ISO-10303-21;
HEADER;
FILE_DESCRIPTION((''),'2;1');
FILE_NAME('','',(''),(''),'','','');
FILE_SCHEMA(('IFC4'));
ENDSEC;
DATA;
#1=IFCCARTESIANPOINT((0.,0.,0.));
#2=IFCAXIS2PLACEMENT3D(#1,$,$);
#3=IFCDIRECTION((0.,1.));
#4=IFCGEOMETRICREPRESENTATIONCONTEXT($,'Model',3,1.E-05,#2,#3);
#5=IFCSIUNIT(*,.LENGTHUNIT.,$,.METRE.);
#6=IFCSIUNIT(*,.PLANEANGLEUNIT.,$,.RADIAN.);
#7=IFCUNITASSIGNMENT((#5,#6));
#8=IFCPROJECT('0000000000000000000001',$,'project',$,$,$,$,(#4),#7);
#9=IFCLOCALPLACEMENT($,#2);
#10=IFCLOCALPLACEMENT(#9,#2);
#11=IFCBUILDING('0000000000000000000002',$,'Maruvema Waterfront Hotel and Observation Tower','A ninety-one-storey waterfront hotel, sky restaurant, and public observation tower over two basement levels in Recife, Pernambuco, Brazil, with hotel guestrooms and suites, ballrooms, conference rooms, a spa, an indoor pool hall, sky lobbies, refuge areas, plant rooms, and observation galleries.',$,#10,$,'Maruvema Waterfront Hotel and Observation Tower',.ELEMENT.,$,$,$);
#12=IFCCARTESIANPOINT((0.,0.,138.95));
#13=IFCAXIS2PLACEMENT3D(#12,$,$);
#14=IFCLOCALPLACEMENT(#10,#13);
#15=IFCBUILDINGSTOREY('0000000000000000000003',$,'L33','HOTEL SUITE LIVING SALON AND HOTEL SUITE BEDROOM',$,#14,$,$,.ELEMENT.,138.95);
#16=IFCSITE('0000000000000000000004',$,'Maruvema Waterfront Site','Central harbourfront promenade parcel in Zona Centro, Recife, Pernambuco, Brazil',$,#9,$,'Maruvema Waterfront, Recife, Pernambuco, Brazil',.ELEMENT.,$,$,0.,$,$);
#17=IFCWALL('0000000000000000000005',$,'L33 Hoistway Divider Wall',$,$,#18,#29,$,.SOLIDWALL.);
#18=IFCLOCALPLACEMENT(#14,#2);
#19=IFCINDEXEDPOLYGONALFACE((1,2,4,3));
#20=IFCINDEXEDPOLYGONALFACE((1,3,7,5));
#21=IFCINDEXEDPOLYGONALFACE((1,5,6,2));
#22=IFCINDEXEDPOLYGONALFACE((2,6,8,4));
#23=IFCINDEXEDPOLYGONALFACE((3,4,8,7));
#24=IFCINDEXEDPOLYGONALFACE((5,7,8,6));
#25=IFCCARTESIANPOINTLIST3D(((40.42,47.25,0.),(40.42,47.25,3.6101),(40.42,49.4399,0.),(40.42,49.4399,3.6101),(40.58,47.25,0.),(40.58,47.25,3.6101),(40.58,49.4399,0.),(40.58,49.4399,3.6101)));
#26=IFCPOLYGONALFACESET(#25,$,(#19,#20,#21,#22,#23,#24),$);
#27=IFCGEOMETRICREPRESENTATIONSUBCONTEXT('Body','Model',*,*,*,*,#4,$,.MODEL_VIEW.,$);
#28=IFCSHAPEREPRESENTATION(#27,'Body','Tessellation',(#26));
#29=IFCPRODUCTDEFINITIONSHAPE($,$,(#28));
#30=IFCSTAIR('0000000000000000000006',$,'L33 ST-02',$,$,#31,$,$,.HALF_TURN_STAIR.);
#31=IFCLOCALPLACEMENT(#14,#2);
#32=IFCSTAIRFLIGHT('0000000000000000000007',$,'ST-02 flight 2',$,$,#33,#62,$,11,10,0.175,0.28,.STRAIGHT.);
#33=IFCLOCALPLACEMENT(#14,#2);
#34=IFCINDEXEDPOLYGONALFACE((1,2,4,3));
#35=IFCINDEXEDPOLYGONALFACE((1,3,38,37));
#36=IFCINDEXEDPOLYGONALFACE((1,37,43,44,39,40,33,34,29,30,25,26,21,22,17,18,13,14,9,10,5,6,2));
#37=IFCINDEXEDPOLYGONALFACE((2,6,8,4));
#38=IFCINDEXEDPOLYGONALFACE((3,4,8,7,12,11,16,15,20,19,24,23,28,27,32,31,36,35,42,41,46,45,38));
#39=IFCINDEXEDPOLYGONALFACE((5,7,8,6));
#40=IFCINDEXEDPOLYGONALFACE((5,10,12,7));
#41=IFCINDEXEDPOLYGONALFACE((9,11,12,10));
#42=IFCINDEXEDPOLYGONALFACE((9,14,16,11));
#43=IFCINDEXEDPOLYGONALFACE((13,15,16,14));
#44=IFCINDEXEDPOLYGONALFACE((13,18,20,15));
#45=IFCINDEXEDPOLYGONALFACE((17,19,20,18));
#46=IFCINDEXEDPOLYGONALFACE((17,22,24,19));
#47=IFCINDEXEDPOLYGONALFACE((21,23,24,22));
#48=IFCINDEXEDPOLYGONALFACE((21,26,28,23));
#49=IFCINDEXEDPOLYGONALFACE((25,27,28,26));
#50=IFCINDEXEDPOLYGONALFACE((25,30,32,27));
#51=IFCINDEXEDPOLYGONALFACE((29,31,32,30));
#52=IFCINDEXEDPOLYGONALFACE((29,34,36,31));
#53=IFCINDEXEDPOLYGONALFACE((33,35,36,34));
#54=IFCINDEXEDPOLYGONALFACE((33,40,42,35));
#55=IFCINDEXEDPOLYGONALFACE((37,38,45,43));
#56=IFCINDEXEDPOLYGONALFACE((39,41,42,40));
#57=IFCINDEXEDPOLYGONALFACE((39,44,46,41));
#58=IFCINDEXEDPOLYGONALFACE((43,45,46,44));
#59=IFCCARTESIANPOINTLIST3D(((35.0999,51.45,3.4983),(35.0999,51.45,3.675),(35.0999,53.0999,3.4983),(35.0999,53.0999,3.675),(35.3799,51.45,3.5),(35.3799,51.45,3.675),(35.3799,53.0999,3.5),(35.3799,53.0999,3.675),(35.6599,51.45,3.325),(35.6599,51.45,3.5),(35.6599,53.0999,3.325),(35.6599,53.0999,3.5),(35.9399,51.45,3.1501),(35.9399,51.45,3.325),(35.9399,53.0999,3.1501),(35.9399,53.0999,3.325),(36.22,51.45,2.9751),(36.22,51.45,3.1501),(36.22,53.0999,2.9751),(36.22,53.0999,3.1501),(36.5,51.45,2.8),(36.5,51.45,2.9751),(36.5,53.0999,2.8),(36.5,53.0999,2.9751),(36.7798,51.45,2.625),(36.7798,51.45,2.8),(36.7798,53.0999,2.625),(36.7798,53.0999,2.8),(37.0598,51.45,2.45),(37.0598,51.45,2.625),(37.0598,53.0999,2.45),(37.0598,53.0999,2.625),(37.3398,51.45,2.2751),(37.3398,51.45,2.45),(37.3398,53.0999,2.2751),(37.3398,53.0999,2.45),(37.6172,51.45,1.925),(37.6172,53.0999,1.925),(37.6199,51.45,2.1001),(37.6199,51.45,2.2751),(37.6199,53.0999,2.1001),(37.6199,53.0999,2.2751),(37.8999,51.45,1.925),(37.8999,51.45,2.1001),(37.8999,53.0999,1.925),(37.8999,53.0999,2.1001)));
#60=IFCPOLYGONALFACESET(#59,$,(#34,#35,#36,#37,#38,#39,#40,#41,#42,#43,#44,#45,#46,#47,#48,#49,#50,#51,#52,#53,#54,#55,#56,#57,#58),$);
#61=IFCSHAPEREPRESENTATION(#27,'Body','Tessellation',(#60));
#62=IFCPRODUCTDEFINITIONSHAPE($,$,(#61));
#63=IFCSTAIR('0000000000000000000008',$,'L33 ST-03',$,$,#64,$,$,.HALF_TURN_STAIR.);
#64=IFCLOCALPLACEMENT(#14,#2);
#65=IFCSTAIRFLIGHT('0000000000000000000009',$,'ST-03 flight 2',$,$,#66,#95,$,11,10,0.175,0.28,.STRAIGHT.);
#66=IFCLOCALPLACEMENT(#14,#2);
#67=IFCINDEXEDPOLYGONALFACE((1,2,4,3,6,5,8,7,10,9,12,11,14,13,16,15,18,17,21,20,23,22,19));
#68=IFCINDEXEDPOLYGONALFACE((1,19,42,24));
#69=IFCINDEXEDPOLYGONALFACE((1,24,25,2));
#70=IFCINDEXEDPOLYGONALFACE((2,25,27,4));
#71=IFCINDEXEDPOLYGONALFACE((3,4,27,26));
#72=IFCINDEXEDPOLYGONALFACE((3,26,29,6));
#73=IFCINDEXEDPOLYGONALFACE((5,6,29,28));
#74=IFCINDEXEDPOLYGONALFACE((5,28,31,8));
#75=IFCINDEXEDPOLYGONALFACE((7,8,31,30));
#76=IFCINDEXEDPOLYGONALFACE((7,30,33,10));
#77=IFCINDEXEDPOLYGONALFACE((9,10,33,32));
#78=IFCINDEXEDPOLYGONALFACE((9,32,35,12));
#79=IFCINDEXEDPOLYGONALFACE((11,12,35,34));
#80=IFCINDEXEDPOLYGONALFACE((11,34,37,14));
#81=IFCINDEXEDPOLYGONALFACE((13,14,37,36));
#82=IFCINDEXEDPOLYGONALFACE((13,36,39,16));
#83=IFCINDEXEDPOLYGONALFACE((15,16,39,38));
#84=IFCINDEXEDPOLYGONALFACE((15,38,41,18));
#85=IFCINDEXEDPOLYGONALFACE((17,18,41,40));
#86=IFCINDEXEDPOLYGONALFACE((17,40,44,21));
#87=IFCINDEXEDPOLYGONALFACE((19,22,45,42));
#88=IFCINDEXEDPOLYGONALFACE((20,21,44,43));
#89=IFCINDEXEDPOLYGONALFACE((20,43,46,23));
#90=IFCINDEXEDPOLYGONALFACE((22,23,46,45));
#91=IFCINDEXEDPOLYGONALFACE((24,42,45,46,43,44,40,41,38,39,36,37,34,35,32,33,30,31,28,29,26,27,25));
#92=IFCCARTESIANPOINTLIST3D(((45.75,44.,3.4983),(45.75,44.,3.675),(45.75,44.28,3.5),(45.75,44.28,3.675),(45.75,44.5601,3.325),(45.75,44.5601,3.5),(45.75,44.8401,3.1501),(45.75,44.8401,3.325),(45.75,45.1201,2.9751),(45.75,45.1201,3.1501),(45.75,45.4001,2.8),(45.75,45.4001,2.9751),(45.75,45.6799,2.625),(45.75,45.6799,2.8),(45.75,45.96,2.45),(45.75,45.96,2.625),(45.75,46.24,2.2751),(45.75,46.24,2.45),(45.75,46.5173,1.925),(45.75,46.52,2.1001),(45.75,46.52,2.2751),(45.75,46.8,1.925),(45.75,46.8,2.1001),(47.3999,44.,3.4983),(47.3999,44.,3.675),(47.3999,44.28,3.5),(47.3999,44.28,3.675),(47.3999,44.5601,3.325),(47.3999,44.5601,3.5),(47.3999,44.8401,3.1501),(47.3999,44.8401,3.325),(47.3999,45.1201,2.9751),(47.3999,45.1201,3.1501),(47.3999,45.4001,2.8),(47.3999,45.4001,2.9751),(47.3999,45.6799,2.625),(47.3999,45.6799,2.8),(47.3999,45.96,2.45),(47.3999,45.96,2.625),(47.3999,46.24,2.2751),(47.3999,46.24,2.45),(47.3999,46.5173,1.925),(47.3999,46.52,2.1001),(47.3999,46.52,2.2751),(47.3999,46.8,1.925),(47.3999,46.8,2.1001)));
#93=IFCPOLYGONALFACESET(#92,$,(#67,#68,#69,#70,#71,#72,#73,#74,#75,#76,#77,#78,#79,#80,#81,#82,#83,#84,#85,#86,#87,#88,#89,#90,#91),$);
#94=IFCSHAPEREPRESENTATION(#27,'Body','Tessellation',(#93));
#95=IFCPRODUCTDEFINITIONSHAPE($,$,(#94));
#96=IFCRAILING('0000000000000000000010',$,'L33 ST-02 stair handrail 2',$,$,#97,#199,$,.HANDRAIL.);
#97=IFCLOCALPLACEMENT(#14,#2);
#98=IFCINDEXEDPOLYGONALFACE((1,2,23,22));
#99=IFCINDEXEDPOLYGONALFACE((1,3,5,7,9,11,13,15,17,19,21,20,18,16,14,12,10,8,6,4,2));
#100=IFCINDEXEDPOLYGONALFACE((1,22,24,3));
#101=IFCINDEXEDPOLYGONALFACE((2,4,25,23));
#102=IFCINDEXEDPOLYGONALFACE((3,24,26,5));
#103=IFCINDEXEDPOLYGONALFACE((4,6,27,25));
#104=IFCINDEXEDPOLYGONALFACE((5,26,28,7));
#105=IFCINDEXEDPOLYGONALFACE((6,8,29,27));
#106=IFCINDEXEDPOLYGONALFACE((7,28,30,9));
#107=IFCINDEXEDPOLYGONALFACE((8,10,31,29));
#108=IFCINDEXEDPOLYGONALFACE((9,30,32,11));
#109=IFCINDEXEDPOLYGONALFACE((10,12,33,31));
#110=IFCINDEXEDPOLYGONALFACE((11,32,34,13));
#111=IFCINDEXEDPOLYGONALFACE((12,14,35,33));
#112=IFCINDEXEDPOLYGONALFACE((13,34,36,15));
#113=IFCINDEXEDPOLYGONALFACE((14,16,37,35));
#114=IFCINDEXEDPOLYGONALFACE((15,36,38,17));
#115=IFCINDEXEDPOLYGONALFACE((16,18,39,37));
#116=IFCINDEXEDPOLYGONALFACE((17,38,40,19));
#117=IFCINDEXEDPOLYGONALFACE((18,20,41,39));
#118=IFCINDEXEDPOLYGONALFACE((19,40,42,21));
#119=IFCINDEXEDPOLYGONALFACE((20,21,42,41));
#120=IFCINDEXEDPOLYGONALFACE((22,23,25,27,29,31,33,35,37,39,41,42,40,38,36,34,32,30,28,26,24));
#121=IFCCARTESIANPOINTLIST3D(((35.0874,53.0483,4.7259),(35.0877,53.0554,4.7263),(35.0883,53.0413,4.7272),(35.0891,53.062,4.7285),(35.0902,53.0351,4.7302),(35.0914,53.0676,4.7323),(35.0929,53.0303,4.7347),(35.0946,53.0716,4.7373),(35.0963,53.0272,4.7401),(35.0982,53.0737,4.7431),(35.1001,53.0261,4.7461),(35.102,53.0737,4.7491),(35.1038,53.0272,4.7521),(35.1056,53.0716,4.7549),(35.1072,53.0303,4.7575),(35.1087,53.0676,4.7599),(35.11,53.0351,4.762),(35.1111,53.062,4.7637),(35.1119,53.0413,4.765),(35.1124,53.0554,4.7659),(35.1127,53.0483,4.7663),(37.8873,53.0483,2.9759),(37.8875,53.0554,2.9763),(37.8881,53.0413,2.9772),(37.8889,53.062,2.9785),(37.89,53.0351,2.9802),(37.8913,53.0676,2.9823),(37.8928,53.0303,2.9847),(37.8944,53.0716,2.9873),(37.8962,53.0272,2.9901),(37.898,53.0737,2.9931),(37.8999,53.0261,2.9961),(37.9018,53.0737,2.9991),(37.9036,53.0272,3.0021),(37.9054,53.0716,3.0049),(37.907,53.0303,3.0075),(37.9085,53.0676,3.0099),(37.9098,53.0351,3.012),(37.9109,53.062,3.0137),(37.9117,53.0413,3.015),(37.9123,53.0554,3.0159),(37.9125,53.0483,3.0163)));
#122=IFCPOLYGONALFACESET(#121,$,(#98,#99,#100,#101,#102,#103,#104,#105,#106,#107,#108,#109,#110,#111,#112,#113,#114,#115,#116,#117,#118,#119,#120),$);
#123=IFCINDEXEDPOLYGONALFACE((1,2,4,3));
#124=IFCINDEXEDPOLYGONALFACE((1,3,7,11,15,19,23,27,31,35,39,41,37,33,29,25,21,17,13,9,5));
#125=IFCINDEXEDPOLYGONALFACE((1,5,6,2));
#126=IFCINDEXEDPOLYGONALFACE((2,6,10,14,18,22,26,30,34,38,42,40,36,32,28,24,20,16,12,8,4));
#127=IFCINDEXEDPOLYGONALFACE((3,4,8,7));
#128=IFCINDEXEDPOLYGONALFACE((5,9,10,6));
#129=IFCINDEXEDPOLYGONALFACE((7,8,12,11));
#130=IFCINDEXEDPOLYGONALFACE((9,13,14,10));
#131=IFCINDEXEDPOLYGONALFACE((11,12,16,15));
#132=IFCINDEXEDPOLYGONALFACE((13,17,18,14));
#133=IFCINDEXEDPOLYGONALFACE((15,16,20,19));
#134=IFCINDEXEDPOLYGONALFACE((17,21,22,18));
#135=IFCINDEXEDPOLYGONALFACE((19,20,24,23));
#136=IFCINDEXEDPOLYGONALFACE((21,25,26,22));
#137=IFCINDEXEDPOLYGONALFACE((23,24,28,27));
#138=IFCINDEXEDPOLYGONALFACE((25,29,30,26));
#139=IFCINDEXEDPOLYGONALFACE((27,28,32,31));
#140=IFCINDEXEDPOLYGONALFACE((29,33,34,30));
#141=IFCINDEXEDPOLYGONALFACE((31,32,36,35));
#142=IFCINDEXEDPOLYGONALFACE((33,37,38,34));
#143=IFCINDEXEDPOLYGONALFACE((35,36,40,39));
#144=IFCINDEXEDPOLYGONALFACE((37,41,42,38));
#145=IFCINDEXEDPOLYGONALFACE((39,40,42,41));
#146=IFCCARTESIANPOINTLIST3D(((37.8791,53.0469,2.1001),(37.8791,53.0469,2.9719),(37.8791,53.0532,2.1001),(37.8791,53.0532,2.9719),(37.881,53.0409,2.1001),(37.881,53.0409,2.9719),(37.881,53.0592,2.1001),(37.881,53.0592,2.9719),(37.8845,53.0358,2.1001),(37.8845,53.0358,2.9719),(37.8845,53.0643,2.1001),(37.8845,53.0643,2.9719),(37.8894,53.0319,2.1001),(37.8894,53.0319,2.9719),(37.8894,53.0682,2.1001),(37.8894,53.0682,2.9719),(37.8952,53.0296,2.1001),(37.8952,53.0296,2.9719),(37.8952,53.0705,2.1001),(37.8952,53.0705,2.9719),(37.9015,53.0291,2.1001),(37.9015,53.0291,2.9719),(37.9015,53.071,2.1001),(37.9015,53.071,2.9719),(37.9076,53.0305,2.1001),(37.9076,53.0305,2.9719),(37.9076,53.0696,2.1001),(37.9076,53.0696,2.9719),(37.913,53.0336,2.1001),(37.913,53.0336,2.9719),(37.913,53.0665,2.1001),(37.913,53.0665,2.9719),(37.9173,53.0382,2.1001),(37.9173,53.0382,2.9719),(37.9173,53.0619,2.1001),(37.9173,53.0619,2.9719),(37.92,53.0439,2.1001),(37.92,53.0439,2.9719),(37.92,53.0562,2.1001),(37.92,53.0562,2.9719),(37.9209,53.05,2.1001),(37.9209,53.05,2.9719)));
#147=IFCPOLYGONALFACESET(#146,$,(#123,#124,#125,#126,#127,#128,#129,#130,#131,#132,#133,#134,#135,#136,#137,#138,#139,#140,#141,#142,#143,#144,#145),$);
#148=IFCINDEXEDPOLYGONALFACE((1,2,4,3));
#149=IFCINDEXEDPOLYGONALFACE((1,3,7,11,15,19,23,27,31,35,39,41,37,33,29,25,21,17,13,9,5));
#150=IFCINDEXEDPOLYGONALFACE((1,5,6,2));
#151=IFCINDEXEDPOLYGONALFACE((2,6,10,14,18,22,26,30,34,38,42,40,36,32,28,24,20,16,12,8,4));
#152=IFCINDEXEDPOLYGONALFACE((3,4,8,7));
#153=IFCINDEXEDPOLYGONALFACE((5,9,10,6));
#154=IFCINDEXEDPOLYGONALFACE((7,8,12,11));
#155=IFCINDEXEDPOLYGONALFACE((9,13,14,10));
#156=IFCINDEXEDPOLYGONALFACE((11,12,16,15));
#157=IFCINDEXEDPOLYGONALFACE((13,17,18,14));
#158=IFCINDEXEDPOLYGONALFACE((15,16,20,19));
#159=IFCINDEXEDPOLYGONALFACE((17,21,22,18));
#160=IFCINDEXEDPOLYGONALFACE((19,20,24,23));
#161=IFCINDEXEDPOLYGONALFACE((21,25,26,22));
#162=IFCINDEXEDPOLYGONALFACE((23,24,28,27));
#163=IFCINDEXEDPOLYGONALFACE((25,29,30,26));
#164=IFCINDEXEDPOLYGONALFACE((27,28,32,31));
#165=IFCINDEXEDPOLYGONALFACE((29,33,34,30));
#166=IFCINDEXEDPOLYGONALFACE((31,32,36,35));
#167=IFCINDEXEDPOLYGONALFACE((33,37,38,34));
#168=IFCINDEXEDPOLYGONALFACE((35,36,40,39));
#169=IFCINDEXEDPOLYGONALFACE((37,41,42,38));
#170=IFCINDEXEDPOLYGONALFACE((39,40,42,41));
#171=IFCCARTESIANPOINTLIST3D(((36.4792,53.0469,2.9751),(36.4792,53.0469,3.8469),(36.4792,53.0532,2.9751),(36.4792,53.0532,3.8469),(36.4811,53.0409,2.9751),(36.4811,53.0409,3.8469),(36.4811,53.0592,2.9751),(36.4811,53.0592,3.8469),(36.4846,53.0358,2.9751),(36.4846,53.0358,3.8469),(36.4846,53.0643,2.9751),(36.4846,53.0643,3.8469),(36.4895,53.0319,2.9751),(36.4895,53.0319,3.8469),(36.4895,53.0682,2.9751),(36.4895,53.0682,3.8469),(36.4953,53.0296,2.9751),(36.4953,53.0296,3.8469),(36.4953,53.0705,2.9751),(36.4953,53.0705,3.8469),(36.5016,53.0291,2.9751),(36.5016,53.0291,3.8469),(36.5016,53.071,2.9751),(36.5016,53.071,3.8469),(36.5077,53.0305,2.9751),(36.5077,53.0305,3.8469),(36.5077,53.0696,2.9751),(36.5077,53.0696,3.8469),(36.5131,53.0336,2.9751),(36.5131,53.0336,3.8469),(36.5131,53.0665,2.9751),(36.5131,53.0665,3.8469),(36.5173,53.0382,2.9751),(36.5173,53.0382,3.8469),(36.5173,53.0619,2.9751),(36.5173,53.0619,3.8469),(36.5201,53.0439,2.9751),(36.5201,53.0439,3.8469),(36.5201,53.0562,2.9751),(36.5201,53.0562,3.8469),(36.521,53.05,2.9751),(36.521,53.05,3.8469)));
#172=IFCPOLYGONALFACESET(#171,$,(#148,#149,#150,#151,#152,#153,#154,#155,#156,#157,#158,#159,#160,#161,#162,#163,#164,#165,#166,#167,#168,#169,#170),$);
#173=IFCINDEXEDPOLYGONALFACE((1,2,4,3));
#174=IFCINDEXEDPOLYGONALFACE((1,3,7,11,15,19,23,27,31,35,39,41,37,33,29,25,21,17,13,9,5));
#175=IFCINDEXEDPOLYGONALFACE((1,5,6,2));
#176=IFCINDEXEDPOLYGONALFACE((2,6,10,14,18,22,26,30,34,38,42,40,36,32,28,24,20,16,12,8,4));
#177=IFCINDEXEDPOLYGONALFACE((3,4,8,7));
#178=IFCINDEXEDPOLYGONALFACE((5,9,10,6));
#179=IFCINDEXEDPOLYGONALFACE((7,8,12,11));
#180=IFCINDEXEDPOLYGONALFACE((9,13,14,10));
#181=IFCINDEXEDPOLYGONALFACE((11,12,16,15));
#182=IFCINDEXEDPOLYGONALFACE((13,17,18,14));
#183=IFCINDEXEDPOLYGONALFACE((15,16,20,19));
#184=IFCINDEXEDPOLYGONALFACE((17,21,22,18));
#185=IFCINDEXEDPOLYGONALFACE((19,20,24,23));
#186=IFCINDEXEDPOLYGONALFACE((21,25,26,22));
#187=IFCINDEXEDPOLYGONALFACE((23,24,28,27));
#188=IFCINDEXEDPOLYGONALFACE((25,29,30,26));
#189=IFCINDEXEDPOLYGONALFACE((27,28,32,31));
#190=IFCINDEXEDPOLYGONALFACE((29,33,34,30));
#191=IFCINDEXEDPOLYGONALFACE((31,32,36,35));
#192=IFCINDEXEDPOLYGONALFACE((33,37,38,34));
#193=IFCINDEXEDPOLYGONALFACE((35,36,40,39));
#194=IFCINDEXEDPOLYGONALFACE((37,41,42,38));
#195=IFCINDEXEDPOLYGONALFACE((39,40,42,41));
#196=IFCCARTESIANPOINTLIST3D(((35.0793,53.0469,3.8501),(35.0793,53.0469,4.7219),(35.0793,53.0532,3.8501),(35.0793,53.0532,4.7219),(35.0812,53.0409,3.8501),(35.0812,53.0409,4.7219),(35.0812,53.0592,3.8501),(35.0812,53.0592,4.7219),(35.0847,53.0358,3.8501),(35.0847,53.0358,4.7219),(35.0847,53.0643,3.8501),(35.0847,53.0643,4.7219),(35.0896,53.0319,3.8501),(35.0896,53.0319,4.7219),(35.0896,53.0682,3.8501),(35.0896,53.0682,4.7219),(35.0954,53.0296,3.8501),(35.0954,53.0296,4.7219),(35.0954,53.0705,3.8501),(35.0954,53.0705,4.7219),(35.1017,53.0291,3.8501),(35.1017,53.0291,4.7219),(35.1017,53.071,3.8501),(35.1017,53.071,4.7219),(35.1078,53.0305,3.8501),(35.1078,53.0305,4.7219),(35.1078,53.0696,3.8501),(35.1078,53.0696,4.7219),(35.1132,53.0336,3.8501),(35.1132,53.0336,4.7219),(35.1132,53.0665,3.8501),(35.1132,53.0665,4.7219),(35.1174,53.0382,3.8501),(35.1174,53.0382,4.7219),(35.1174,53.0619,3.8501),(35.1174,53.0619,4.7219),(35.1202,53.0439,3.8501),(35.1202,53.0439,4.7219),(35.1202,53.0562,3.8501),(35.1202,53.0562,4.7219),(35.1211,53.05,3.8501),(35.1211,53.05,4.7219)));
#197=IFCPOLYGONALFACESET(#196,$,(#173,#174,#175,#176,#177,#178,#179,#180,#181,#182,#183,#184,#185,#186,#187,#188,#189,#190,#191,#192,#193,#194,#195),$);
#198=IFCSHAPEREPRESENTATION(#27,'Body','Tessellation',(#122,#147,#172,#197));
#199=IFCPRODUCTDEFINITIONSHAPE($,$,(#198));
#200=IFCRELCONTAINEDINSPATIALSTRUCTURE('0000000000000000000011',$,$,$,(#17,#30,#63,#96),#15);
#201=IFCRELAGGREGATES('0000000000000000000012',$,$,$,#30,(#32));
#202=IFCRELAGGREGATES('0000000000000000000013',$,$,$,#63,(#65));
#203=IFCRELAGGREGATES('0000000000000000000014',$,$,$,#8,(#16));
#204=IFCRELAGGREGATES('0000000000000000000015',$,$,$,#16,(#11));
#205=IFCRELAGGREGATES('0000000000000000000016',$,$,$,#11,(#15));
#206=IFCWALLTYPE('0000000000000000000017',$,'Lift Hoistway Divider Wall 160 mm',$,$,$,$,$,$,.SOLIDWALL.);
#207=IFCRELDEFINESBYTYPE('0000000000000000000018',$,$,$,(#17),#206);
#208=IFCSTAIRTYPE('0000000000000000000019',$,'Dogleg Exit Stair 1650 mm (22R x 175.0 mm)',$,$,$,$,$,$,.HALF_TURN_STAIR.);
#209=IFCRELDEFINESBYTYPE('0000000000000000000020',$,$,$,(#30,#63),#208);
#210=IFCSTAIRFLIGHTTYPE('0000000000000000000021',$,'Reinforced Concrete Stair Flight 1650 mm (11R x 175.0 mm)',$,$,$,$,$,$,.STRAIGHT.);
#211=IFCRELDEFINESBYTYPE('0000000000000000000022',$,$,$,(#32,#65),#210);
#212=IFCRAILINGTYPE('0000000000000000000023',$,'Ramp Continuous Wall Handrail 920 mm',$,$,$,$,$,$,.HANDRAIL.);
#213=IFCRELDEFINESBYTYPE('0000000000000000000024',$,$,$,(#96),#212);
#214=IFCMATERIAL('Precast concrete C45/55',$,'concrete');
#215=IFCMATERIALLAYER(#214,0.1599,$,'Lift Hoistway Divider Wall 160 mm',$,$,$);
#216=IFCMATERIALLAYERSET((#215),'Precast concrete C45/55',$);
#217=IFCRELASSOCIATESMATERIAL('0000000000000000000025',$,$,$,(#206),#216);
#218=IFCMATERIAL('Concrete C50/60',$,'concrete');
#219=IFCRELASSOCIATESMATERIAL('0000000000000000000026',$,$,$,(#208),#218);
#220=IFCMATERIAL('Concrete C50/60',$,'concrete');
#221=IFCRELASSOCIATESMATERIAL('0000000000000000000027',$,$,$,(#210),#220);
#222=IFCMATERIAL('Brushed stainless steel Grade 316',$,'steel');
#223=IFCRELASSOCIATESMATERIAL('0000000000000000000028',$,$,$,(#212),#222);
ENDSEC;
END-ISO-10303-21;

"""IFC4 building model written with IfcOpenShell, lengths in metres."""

from ifc_helpers import new_model, si_unit, direction, frame, frame_2d, origin, origin_2d, place, context, subcontext, project, spatial, polyline, rectangle, circle, outline, extrude, material, layer, layer_set, type_object, element, aggregate, save


model = new_model("IFC4")

# Units and contexts
model_context = context("Model", 3, precision=1e-05, world=origin(), true_north=direction((0.0, 1.0)))
body_context = subcontext(model_context, "Body", "Model", "MODEL_VIEW")
ifc_project = project(units=[si_unit("LENGTHUNIT", "METRE"), si_unit("PLANEANGLEUNIT", "RADIAN")], contexts=[model_context])

# Site, building, storey
site_placement = place(None, origin())
site = spatial("IfcSite", under=ifc_project, at=site_placement, Name="Maruvema Waterfront Site", Description="Central harbourfront promenade parcel in Zona Centro, Recife, Pernambuco, Brazil", LongName="Maruvema Waterfront, Recife, Pernambuco, Brazil", CompositionType="ELEMENT", RefElevation=0.0)
building_placement = place(site_placement, origin())
building = spatial("IfcBuilding", under=site, at=building_placement, Name="Maruvema Waterfront Hotel and Observation Tower", Description="A ninety-one-storey waterfront hotel, sky restaurant, and public observation tower over two basement levels in Recife, Pernambuco, Brazil, with hotel guestrooms and suites, ballrooms, conference rooms, a spa, an indoor pool hall, sky lobbies, refuge areas, plant rooms, and observation galleries.", LongName="Maruvema Waterfront Hotel and Observation Tower", CompositionType="ELEMENT")
storey_placement = place(building_placement, frame((0.0, 0.0, 138.95)))
storey = spatial("IfcBuildingStorey", under=building, at=storey_placement, Name="L33", Description="HOTEL SUITE LIVING SALON AND HOTEL SUITE BEDROOM", CompositionType="ELEMENT", Elevation=138.95)

# Wall
ifc_material_1 = material(Name="Precast concrete C45/55", Category="concrete")
ifc_layer_1 = layer(ifc_material_1, 0.1599, Name="Lift Hoistway Divider Wall 160 mm")
ifc_layer_set_1 = layer_set([ifc_layer_1], Name="Precast concrete C45/55")
wall_type_1 = type_object("IfcWallType", Name="Lift Hoistway Divider Wall 160 mm", PredefinedType="SOLIDWALL", material=ifc_layer_set_1)
for number, where, z_axis, x_axis, name in (
    (1, (40.5, 47.25, 0.0), (0.0, 0.0, 1.0), (0.0, 1.0, 0.0), "L33 Hoistway Divider Wall"),
):
    element("IfcWall", number, at=place(storey_placement, frame(where, z_axis=z_axis, x_axis=x_axis)), inside=storey, type_object=wall_type_1, Name=name, PredefinedType="SOLIDWALL", context=body_context, shape_type="SweptSolid", body=[
        extrude(rectangle(XDim=2.1899, YDim=0.1599, at=frame_2d((1.095, 0.0))), origin(), (0.0, 0.0, 1.0), 3.6101),
    ])

# Stairs, stair flights
ifc_material_2 = material(Name="Concrete C50/60", Category="concrete")
stair_type = type_object("IfcStairType", Name="Dogleg Exit Stair 1650 mm (22R x 175.0 mm)", PredefinedType="HALF_TURN_STAIR", material=ifc_material_2)
stair_1_placement = place(storey_placement, origin())
stair_1 = element("IfcStair", 2, at=stair_1_placement, inside=storey, type_object=stair_type, Name="L33 ST-02", PredefinedType="HALF_TURN_STAIR")
ifc_material_3 = material(Name="Concrete C50/60", Category="concrete")
stair_flight_type = type_object("IfcStairFlightType", Name="Reinforced Concrete Stair Flight 1650 mm (11R x 175.0 mm)", PredefinedType="STRAIGHT", material=ifc_material_3)
stair_flight_1_placement = place(storey_placement, frame((37.8999, 52.2749, 1.925), z_axis=(0.0, 0.0, 1.0), x_axis=(-1.0, 0.0, 0.0)))
stair_flight_1 = element("IfcStairFlight", 3, at=stair_flight_1_placement, type_object=stair_flight_type, Name="ST-02 flight 2", NumberOfRisers=11, NumberOfTreads=10, PredefinedType="STRAIGHT", RiserHeight=0.175, TreadLength=0.28, context=body_context, shape_type="SweptSolid", body=[
    extrude(outline(polyline([(0.0, 0.0), (0.0, 0.175), (0.28, 0.175), (0.28, 0.3501), (0.5601, 0.3501), (0.5601, 0.5249), (0.8401, 0.5249), (0.8401, 0.7), (1.1201, 0.7), (1.1201, 0.875), (1.3999, 0.875), (1.3999, 1.05), (1.6799, 1.05), (1.6799, 1.2251), (1.96, 1.2251), (1.96, 1.3999), (2.24, 1.3999), (2.24, 1.575), (2.52, 1.575), (2.52, 1.75), (2.8, 1.75), (2.8, 1.925), (2.8, 1.5732), (0.2827, 0.0), (0.0, 0.0)])), frame((0.0, 0.825, 0.0), z_axis=(0.0, -1.0, 0.0), x_axis=(1.0, 0.0, 0.0)), (0.0, 0.0, 1.0), 1.6499),
])
aggregate(stair_1, [stair_flight_1])
stair_2_placement = place(storey_placement, origin())
stair_2 = element("IfcStair", 4, at=stair_2_placement, inside=storey, type_object=stair_type, Name="L33 ST-03", PredefinedType="HALF_TURN_STAIR")
stair_flight_2_placement = place(storey_placement, frame((46.575, 46.8, 1.925), z_axis=(0.0, 0.0, 1.0), x_axis=(0.0, -1.0, 0.0)))
stair_flight_2 = element("IfcStairFlight", 5, at=stair_flight_2_placement, type_object=stair_flight_type, Name="ST-03 flight 2", NumberOfRisers=11, NumberOfTreads=10, PredefinedType="STRAIGHT", RiserHeight=0.175, TreadLength=0.28, context=body_context, shape_type="SweptSolid", body=[
    extrude(outline(polyline([(0.0, 0.0), (0.0, 0.175), (0.28, 0.175), (0.28, 0.3501), (0.5601, 0.3501), (0.5601, 0.5249), (0.8401, 0.5249), (0.8401, 0.7), (1.1201, 0.7), (1.1201, 0.875), (1.3999, 0.875), (1.3999, 1.05), (1.6799, 1.05), (1.6799, 1.2251), (1.96, 1.2251), (1.96, 1.3999), (2.24, 1.3999), (2.24, 1.575), (2.52, 1.575), (2.52, 1.75), (2.8, 1.75), (2.8, 1.925), (2.8, 1.5732), (0.2827, 0.0), (0.0, 0.0)])), frame((0.0, 0.825, 0.0), z_axis=(0.0, -1.0, 0.0), x_axis=(1.0, 0.0, 0.0)), (0.0, 0.0, 1.0), 1.6499),
])
aggregate(stair_2, [stair_flight_2])

# Railing
ifc_material_4 = material(Name="Brushed stainless steel Grade 316", Category="steel")
railing_type_1 = type_object("IfcRailingType", Name="Ramp Continuous Wall Handrail 920 mm", PredefinedType="HANDRAIL", material=ifc_material_4)
railing_1_placement = place(storey_placement, frame((37.8999, 53.05, 2.1001)))
element("IfcRailing", 6, at=railing_1_placement, inside=storey, type_object=railing_type_1, Name="L33 ST-02 stair handrail 2", PredefinedType="HANDRAIL", context=body_context, shape_type="SweptSolid", body=[
    extrude(circle(Radius=0.0239, at=origin_2d()), frame((0.0, 0.0, 0.896), z_axis=(-0.847982, 0.0, 0.530026), x_axis=(0.0, -1.0, 0.0)), (0.0, 0.0, 1.0), 3.3018),
    extrude(circle(Radius=0.021, at=origin_2d()), origin(), (0.0, 0.0, 1.0), 0.8718),
    extrude(circle(Radius=0.021, at=origin_2d()), frame((-1.3999, 0.0, 0.875)), (0.0, 0.0, 1.0), 0.8718),
    extrude(circle(Radius=0.021, at=origin_2d()), frame((-2.7998, 0.0, 1.75)), (0.0, 0.0, 1.0), 0.8718),
])

save(model, "model.ifc")
